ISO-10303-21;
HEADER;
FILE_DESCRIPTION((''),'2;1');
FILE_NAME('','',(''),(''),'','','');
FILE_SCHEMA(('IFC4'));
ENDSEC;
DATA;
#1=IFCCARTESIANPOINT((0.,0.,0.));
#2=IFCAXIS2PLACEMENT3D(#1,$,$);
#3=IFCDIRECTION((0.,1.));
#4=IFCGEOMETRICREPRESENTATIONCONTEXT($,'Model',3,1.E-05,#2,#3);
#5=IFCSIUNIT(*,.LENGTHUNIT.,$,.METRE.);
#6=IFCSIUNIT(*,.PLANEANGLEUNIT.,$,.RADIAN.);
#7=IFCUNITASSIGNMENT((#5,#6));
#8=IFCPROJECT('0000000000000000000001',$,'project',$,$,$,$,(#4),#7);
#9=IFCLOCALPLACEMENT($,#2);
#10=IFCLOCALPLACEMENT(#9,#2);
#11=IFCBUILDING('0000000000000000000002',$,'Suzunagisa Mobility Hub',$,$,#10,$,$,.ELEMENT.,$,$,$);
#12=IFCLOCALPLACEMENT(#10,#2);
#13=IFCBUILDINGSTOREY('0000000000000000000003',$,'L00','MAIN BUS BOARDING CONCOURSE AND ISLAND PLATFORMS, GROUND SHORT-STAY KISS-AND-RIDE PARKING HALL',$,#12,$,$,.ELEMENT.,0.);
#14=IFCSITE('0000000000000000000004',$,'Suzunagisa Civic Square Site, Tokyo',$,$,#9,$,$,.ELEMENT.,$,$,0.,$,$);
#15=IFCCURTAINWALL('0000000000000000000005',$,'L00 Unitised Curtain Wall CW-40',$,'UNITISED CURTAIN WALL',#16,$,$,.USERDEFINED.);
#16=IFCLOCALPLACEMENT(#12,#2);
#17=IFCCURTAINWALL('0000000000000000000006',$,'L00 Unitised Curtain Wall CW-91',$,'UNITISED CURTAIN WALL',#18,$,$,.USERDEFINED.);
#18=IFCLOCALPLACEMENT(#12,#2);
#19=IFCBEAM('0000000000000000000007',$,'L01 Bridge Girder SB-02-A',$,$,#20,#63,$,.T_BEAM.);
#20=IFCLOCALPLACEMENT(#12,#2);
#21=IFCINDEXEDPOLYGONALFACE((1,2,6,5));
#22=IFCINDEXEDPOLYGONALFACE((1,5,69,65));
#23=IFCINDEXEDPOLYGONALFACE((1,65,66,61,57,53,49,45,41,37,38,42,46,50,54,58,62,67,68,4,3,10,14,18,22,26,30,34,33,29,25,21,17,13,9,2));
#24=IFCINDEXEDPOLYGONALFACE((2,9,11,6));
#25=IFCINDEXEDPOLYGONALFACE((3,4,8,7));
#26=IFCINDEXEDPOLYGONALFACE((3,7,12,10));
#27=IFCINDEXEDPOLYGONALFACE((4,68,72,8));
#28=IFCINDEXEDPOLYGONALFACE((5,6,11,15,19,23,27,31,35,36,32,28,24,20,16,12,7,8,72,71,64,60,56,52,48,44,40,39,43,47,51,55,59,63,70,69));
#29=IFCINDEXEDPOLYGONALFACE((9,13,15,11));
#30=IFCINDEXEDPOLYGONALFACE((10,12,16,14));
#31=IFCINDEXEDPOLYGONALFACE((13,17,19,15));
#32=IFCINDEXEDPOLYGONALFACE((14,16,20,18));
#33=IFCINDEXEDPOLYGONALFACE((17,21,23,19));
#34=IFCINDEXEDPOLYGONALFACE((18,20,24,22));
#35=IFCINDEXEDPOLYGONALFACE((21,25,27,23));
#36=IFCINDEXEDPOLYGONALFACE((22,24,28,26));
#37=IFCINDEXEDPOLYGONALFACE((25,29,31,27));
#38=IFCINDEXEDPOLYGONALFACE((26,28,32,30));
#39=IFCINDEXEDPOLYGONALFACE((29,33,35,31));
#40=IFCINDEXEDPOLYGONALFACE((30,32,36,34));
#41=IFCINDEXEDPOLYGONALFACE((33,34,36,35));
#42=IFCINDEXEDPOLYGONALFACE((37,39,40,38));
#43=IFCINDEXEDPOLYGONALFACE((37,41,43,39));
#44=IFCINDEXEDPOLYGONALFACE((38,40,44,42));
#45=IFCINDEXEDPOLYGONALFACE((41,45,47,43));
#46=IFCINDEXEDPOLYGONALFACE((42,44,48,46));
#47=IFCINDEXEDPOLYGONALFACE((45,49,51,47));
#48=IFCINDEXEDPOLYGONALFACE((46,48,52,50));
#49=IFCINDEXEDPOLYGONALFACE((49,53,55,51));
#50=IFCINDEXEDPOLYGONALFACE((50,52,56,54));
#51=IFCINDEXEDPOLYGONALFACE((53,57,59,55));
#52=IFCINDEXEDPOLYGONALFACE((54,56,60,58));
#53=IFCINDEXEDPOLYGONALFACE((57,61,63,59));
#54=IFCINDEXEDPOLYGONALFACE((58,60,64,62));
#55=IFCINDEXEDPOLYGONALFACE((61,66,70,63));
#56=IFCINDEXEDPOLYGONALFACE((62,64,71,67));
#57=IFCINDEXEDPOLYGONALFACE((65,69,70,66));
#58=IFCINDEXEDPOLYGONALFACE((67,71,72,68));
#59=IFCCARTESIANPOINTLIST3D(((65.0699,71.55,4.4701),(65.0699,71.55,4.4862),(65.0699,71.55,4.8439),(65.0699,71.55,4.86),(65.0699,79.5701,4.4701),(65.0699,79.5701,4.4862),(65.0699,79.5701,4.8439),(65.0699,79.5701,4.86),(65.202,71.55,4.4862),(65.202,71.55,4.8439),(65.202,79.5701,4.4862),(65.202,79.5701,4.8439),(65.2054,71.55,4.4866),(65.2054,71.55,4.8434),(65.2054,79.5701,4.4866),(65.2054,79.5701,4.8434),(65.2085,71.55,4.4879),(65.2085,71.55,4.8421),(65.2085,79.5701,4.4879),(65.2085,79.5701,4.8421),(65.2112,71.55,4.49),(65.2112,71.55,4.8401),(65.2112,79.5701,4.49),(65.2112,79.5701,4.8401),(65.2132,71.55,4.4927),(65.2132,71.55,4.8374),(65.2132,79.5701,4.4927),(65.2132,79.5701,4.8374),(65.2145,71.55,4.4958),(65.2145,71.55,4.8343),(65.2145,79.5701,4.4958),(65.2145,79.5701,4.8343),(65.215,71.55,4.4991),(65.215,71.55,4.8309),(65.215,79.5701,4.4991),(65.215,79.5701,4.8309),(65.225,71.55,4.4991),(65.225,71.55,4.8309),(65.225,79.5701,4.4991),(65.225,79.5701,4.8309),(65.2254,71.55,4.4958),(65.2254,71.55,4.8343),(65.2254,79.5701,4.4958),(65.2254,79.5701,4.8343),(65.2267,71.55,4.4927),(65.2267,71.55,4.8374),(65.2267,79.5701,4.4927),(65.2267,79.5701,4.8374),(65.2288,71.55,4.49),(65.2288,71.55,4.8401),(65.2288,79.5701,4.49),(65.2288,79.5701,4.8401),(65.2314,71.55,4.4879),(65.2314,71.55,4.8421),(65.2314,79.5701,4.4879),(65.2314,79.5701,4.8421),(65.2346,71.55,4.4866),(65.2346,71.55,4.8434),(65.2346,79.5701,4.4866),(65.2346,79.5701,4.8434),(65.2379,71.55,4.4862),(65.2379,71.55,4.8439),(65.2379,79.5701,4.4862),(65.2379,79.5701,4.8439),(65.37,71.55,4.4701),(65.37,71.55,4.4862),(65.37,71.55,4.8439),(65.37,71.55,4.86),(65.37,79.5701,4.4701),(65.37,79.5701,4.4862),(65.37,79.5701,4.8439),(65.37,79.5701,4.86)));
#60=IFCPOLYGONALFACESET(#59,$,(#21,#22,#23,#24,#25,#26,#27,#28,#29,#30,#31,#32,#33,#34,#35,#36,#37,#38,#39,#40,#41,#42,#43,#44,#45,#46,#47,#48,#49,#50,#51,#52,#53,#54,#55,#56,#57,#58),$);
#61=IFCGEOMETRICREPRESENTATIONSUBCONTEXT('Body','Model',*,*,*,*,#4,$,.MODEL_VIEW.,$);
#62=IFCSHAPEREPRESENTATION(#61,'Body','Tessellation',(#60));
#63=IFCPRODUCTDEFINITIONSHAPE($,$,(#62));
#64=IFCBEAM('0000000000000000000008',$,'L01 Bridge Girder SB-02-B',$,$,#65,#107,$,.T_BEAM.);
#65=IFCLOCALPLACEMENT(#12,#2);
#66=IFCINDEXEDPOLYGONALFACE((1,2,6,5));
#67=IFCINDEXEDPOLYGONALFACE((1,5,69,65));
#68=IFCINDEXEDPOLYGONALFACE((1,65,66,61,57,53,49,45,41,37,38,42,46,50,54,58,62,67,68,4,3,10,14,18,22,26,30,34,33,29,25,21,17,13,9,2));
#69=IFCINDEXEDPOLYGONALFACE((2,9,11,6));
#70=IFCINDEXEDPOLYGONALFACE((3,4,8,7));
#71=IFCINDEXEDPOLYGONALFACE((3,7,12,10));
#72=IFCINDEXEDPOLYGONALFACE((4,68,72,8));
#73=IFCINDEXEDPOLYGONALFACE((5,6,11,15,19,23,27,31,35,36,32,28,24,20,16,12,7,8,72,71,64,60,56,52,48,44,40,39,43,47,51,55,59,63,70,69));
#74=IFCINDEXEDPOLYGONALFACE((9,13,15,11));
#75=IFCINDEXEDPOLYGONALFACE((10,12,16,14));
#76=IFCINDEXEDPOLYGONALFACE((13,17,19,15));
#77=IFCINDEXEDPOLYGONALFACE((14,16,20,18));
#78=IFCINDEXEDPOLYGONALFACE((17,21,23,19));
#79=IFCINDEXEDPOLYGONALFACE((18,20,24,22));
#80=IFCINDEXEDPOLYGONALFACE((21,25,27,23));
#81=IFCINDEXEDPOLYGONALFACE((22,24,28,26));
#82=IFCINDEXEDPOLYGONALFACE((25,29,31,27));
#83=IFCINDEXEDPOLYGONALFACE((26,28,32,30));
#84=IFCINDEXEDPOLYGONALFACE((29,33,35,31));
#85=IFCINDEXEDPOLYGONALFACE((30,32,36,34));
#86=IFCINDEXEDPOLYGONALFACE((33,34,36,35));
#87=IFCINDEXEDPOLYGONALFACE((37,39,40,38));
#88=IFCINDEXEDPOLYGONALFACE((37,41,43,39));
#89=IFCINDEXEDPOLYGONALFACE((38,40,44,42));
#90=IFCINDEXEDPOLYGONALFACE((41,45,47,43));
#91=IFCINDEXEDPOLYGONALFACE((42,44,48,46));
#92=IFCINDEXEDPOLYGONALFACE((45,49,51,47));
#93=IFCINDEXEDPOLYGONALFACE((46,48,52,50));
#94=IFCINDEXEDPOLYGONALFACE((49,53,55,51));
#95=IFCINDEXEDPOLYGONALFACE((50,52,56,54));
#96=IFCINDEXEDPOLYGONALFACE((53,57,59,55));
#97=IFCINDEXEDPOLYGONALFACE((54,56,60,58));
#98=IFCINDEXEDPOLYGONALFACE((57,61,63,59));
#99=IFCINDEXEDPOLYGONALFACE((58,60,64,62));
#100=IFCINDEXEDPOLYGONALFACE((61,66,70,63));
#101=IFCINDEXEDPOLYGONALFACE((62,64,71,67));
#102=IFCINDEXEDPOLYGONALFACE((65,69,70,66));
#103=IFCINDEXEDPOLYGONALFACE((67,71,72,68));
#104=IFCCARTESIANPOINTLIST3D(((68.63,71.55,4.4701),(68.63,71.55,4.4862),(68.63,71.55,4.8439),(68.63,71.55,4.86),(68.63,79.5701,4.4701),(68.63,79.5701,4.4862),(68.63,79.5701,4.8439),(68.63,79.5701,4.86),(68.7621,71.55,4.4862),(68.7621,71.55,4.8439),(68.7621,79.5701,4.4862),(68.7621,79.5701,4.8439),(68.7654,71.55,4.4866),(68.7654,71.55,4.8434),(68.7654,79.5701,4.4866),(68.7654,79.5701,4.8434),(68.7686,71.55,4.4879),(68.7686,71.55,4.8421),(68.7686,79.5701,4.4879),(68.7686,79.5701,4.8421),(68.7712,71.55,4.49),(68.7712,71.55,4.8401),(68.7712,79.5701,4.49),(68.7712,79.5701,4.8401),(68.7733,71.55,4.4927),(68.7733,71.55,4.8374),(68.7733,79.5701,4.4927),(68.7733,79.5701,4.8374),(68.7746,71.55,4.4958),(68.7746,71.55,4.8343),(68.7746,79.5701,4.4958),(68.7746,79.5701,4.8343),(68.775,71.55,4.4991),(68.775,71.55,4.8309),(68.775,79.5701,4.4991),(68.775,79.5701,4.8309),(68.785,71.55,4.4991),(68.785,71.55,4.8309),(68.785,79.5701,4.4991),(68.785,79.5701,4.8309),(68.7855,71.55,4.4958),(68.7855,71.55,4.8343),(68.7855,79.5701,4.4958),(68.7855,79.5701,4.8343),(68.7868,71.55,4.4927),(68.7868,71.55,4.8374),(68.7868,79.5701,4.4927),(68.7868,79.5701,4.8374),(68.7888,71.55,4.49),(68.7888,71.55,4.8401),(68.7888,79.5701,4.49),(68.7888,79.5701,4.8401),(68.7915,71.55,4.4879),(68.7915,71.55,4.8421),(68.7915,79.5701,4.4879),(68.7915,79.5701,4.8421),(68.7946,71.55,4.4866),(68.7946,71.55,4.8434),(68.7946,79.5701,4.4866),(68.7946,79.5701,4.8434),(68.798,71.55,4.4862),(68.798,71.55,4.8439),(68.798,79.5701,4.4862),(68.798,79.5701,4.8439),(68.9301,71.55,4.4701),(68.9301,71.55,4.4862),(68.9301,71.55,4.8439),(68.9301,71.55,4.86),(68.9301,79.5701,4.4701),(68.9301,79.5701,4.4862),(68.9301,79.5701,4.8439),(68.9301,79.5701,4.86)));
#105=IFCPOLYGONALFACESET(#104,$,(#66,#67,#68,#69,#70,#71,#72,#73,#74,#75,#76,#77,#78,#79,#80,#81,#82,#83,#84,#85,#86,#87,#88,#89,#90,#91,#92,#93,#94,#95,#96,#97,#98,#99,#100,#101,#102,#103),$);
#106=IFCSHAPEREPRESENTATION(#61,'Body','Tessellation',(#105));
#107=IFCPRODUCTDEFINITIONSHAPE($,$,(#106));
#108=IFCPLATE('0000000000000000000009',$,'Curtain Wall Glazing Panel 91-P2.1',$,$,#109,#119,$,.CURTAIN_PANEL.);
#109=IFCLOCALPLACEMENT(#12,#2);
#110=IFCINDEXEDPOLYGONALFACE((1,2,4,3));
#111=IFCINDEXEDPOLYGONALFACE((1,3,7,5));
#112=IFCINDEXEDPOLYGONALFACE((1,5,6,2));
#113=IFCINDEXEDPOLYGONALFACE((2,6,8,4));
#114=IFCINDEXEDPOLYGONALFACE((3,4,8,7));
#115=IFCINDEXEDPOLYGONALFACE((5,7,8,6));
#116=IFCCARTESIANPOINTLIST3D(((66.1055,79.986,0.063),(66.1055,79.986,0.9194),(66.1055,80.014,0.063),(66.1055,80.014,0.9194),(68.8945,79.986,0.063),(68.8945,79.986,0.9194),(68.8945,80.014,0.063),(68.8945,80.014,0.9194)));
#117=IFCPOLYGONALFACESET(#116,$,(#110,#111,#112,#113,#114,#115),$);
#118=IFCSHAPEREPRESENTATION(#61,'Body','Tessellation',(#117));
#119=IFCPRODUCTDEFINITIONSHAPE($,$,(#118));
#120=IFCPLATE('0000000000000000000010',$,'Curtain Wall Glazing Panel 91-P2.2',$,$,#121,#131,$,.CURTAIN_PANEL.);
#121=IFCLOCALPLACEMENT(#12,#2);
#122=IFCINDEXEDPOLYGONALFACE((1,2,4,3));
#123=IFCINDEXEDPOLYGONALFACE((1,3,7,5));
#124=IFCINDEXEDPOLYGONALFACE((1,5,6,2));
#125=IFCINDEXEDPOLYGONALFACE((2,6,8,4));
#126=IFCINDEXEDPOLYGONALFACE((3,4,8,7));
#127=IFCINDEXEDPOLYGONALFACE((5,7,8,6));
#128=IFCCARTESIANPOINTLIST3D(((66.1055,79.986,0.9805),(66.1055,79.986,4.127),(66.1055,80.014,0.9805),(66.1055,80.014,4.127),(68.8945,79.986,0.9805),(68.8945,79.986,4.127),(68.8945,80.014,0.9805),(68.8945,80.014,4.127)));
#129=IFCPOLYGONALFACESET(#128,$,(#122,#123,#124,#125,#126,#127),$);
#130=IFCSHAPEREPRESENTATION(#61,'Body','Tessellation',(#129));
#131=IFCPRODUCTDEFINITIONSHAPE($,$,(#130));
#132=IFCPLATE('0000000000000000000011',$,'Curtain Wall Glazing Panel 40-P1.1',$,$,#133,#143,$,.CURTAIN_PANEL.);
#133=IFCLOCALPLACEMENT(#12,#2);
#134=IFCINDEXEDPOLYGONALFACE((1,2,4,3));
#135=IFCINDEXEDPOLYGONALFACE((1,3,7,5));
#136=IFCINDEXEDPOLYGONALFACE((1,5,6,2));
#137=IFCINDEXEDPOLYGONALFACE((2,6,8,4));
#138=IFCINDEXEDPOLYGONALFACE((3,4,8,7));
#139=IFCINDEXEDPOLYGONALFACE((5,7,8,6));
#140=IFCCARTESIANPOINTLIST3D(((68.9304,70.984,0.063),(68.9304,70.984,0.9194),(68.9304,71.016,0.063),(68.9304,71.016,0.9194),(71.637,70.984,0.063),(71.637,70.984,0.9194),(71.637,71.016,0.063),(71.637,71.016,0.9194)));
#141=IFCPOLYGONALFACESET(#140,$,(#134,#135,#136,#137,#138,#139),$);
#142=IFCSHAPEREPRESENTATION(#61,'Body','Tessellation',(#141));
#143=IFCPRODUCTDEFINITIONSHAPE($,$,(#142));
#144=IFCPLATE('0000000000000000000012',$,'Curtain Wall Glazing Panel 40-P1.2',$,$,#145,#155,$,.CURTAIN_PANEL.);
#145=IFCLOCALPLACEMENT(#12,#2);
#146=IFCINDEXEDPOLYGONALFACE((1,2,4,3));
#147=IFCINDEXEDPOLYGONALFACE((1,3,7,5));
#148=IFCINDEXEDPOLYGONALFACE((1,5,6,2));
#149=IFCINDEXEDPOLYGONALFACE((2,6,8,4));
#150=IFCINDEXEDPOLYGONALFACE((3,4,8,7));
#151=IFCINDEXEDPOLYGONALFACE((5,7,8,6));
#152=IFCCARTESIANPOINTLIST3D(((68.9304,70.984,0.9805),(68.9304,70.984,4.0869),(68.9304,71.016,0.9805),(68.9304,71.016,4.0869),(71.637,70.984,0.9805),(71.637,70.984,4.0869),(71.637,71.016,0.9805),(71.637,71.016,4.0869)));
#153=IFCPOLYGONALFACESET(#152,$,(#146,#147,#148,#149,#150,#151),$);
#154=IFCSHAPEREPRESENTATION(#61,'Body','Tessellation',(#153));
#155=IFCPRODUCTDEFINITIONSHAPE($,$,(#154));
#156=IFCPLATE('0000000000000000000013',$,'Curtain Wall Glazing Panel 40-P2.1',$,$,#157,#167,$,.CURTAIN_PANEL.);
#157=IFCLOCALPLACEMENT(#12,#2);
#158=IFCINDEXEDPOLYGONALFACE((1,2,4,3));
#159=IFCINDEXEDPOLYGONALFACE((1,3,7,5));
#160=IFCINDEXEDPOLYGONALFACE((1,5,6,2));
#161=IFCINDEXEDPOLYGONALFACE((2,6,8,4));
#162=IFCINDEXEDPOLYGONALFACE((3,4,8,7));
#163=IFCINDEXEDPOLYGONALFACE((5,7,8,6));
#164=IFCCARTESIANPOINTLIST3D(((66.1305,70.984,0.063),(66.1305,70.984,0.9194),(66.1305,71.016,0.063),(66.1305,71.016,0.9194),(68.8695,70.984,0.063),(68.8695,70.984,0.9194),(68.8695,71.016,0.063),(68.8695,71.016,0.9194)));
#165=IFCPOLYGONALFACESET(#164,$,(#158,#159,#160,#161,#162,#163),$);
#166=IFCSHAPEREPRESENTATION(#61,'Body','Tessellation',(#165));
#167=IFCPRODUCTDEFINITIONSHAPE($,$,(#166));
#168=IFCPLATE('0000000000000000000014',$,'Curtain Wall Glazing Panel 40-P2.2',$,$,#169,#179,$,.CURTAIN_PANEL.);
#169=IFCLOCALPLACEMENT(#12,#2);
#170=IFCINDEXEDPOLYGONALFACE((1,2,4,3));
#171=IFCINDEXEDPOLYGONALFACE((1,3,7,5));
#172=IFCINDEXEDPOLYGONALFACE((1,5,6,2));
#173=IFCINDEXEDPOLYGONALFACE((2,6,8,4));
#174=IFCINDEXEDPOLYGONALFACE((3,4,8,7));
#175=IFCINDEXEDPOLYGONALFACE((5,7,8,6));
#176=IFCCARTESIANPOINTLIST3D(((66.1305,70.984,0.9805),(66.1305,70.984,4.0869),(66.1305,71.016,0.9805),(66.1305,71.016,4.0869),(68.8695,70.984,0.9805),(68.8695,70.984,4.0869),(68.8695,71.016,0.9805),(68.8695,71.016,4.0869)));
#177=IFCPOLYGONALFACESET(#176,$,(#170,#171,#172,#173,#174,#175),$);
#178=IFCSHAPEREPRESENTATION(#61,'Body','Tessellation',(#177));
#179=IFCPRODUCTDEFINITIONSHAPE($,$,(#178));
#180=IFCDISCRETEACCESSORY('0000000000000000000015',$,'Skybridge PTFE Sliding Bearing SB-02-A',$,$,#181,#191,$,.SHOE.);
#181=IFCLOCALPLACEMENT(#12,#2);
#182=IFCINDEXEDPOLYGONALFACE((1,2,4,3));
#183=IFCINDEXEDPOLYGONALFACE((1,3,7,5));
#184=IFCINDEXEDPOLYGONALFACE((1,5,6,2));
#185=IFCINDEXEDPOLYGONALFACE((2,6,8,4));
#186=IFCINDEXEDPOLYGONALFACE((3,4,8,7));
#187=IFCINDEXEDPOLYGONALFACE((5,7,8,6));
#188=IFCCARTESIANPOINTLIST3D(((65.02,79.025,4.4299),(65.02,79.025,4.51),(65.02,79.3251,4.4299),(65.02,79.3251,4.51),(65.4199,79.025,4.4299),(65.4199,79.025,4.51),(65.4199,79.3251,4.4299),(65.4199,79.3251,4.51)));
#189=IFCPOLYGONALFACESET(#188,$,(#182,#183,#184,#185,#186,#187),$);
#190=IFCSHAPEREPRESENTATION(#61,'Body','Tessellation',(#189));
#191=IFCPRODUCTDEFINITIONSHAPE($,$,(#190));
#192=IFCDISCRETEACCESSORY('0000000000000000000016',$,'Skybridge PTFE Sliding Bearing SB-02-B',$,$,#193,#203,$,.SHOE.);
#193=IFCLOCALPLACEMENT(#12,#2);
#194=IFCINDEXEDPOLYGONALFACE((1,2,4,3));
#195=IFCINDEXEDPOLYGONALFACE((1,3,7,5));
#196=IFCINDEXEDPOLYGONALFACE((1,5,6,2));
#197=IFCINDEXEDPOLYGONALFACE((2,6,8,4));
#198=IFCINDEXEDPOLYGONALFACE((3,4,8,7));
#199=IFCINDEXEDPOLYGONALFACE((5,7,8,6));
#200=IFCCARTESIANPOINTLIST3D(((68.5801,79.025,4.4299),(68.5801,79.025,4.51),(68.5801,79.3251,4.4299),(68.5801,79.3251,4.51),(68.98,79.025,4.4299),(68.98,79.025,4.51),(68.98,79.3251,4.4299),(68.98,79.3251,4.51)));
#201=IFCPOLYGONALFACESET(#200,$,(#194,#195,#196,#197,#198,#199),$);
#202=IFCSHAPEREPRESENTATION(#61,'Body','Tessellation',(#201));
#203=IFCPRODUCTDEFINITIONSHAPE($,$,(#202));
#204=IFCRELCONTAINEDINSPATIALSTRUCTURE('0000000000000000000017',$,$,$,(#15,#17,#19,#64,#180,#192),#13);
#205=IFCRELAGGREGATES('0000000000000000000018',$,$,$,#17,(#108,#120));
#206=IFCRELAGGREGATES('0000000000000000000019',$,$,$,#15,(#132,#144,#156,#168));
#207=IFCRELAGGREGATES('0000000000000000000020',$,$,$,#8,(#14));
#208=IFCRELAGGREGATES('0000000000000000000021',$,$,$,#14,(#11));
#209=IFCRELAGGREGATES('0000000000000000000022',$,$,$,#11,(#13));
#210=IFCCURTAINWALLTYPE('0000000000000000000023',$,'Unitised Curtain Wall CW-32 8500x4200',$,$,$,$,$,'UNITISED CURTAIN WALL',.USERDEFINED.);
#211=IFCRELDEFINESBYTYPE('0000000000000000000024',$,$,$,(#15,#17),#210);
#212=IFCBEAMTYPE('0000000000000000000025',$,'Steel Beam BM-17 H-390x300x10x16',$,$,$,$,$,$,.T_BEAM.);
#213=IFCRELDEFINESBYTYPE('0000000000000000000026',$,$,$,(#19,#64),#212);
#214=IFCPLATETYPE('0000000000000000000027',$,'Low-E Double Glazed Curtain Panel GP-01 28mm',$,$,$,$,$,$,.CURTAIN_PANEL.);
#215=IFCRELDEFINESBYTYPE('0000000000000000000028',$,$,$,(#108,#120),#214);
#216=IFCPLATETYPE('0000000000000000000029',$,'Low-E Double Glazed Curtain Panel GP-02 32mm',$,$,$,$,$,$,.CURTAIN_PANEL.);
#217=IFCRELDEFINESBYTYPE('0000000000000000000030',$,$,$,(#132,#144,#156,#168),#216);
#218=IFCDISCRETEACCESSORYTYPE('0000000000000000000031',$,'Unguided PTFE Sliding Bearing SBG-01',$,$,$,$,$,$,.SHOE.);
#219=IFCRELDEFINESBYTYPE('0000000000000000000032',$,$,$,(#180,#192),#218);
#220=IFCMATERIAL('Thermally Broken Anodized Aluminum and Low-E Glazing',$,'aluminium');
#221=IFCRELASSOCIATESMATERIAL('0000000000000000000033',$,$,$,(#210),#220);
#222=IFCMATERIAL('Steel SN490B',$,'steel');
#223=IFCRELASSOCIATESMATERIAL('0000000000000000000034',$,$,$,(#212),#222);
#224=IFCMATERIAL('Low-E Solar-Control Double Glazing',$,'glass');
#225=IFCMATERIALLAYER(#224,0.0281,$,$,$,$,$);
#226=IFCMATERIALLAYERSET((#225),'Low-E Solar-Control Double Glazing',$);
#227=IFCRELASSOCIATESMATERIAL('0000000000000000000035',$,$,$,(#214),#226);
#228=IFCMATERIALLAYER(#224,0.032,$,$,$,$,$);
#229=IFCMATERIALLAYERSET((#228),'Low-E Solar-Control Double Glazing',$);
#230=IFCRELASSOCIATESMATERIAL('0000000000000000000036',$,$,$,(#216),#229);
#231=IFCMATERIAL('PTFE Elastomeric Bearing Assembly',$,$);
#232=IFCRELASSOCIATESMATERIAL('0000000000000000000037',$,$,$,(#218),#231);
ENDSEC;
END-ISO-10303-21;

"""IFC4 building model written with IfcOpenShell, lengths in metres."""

from ifc_helpers import new_model, si_unit, direction, frame, origin, origin_2d, place, context, subcontext, project, spatial, rectangle, i_section, extrude, material, layer, layer_set, material_profile, profile_set, type_object, element, aggregate, save


model = new_model("IFC4")

# Units and contexts
model_context = context("Model", 3, precision=1e-05, world=origin(), true_north=direction((0.0, 1.0)))
body_context = subcontext(model_context, "Body", "Model", "MODEL_VIEW")
ifc_project = project(units=[si_unit("LENGTHUNIT", "METRE"), si_unit("PLANEANGLEUNIT", "RADIAN")], contexts=[model_context])

# Site, building, storey
site_placement = place(None, origin())
site = spatial("IfcSite", under=ifc_project, at=site_placement, Name="Suzunagisa Civic Square Site, Tokyo", CompositionType="ELEMENT", RefElevation=0.0)
building_placement = place(site_placement, origin())
building = spatial("IfcBuilding", under=site, at=building_placement, Name="Suzunagisa Mobility Hub", CompositionType="ELEMENT")
storey_placement = place(building_placement, origin())
storey = spatial("IfcBuildingStorey", under=building, at=storey_placement, Name="L00", Description="MAIN BUS BOARDING CONCOURSE AND ISLAND PLATFORMS, GROUND SHORT-STAY KISS-AND-RIDE PARKING HALL", CompositionType="ELEMENT", Elevation=0.0)

# Shared definitions
ifc_material_1 = material(Name="Steel SN490B", Category="steel")

# Curtain walls
ifc_material_2 = material(Name="Thermally Broken Anodized Aluminum and Low-E Glazing", Category="aluminium")
curtain_wall_type = type_object("IfcCurtainWallType", Name="Unitised Curtain Wall CW-32 8500x4200", ElementType="UNITISED CURTAIN WALL", PredefinedType="USERDEFINED", material=ifc_material_2)
curtain_wall_1_placement = place(storey_placement, origin())
curtain_wall_1 = element("IfcCurtainWall", 1, at=curtain_wall_1_placement, inside=storey, type_object=curtain_wall_type, Name="L00 Unitised Curtain Wall CW-40", ObjectType="UNITISED CURTAIN WALL", PredefinedType="USERDEFINED")
curtain_wall_2_placement = place(storey_placement, origin())
curtain_wall_2 = element("IfcCurtainWall", 2, at=curtain_wall_2_placement, inside=storey, type_object=curtain_wall_type, Name="L00 Unitised Curtain Wall CW-91", ObjectType="UNITISED CURTAIN WALL", PredefinedType="USERDEFINED")

# Beams
ifc_material_profile_1 = material_profile(ifc_material_1, i_section(OverallWidth=0.3, OverallDepth=0.3899, WebThickness=0.01, FlangeThickness=0.0161, FilletRadius=0.0129, at=origin_2d()), Name="H-390x300x10x16")
ifc_profile_set_1 = profile_set([ifc_material_profile_1], Name="Steel SN490B")
beam_type_1 = type_object("IfcBeamType", Name="Steel Beam BM-17 H-390x300x10x16", PredefinedType="T_BEAM", material=ifc_profile_set_1)
for number, where, z_axis, x_axis, name in (
    (3, (65.22, 71.55, 4.665), (0.0, 1.0, 0.0), (-1.0, 0.0, 0.0), "L01 Bridge Girder SB-02-A"),
    (4, (68.78, 71.55, 4.665), (0.0, 1.0, 0.0), (-1.0, 0.0, 0.0), "L01 Bridge Girder SB-02-B"),
):
    element("IfcBeam", number, at=place(storey_placement, frame(where, z_axis=z_axis, x_axis=x_axis)), inside=storey, type_object=beam_type_1, Name=name, PredefinedType="T_BEAM", context=body_context, shape_type="SweptSolid", body=[
        extrude(i_section(OverallWidth=0.3, OverallDepth=0.3899, WebThickness=0.01, FlangeThickness=0.0161, FilletRadius=0.0129, at=origin_2d()), origin(), (0.0, 0.0, 1.0), 8.02),
    ])

# Plates
ifc_material_3 = material(Name="Low-E Solar-Control Double Glazing", Category="glass")
ifc_layer_1 = layer(ifc_material_3, 0.0281)
ifc_layer_set_1 = layer_set([ifc_layer_1], Name="Low-E Solar-Control Double Glazing")
plate_type_1 = type_object("IfcPlateType", Name="Low-E Double Glazed Curtain Panel GP-01 28mm", PredefinedType="CURTAIN_PANEL", material=ifc_layer_set_1)
plate_1_placement = place(storey_placement, frame((67.5, 80.0, 0.063), z_axis=(0.0, 0.0, 1.0), x_axis=(1.0, 0.0, 0.0)))
plate_1 = element("IfcPlate", 5, at=plate_1_placement, type_object=plate_type_1, Name="Curtain Wall Glazing Panel 91-P2.1", PredefinedType="CURTAIN_PANEL", context=body_context, shape_type="SweptSolid", body=[
    extrude(rectangle(XDim=2.7891, YDim=0.0281, at=origin_2d()), origin(), (0.0, 0.0, 1.0), 0.8564),
])
plate_2_placement = place(storey_placement, frame((67.5, 80.0, 0.9805), z_axis=(0.0, 0.0, 1.0), x_axis=(1.0, 0.0, 0.0)))
plate_2 = element("IfcPlate", 6, at=plate_2_placement, type_object=plate_type_1, Name="Curtain Wall Glazing Panel 91-P2.2", PredefinedType="CURTAIN_PANEL", context=body_context, shape_type="SweptSolid", body=[
    extrude(rectangle(XDim=2.7891, YDim=0.0281, at=origin_2d()), origin(), (0.0, 0.0, 1.0), 3.1465),
])
aggregate(curtain_wall_2, [plate_1, plate_2])
ifc_layer_2 = layer(ifc_material_3, 0.032)
ifc_layer_set_2 = layer_set([ifc_layer_2], Name="Low-E Solar-Control Double Glazing")
plate_type_2 = type_object("IfcPlateType", Name="Low-E Double Glazed Curtain Panel GP-02 32mm", PredefinedType="CURTAIN_PANEL", material=ifc_layer_set_2)
plate_3_placement = place(storey_placement, frame((70.2837, 71.0, 0.063), z_axis=(0.0, 0.0, 1.0), x_axis=(-1.0, 0.0, 0.0)))
plate_3 = element("IfcPlate", 7, at=plate_3_placement, type_object=plate_type_2, Name="Curtain Wall Glazing Panel 40-P1.1", PredefinedType="CURTAIN_PANEL", context=body_context, shape_type="SweptSolid", body=[
    extrude(rectangle(XDim=2.7065, YDim=0.032, at=origin_2d()), origin(), (0.0, 0.0, 1.0), 0.8564),
])
plate_4_placement = place(storey_placement, frame((70.2837, 71.0, 0.9805), z_axis=(0.0, 0.0, 1.0), x_axis=(-1.0, 0.0, 0.0)))
plate_4 = element("IfcPlate", 8, at=plate_4_placement, type_object=plate_type_2, Name="Curtain Wall Glazing Panel 40-P1.2", PredefinedType="CURTAIN_PANEL", context=body_context, shape_type="SweptSolid", body=[
    extrude(rectangle(XDim=2.7065, YDim=0.032, at=origin_2d()), origin(), (0.0, 0.0, 1.0), 3.1064),
])
plate_5_placement = place(storey_placement, frame((67.5, 71.0, 0.063), z_axis=(0.0, 0.0, 1.0), x_axis=(-1.0, 0.0, 0.0)))
plate_5 = element("IfcPlate", 9, at=plate_5_placement, type_object=plate_type_2, Name="Curtain Wall Glazing Panel 40-P2.1", PredefinedType="CURTAIN_PANEL", context=body_context, shape_type="SweptSolid", body=[
    extrude(rectangle(XDim=2.739, YDim=0.032, at=origin_2d()), origin(), (0.0, 0.0, 1.0), 0.8564),
])
plate_6_placement = place(storey_placement, frame((67.5, 71.0, 0.9805), z_axis=(0.0, 0.0, 1.0), x_axis=(-1.0, 0.0, 0.0)))
plate_6 = element("IfcPlate", 10, at=plate_6_placement, type_object=plate_type_2, Name="Curtain Wall Glazing Panel 40-P2.2", PredefinedType="CURTAIN_PANEL", context=body_context, shape_type="SweptSolid", body=[
    extrude(rectangle(XDim=2.739, YDim=0.032, at=origin_2d()), origin(), (0.0, 0.0, 1.0), 3.1064),
])
aggregate(curtain_wall_1, [plate_3, plate_4, plate_5, plate_6])

# Discrete accessories
ifc_material_4 = material(Name="PTFE Elastomeric Bearing Assembly")
discrete_accessory_type = type_object("IfcDiscreteAccessoryType", Name="Unguided PTFE Sliding Bearing SBG-01", PredefinedType="SHOE", material=ifc_material_4)
for number, where, z_axis, x_axis, name in (
    (11, (65.22, 79.175, 4.4299), (0.0, 0.0, 1.0), (1.0, 0.0, 0.0), "Skybridge PTFE Sliding Bearing SB-02-A"),
    (12, (68.78, 79.175, 4.4299), (0.0, 0.0, 1.0), (1.0, 0.0, 0.0), "Skybridge PTFE Sliding Bearing SB-02-B"),
):
    element("IfcDiscreteAccessory", number, at=place(storey_placement, frame(where, z_axis=z_axis, x_axis=x_axis)), inside=storey, type_object=discrete_accessory_type, Name=name, PredefinedType="SHOE", context=body_context, shape_type="SweptSolid", body=[
        extrude(rectangle(XDim=0.3999, YDim=0.3, at=origin_2d()), origin(), (0.0, 0.0, 1.0), 0.0801),
    ])

save(model, "model.ifc")
